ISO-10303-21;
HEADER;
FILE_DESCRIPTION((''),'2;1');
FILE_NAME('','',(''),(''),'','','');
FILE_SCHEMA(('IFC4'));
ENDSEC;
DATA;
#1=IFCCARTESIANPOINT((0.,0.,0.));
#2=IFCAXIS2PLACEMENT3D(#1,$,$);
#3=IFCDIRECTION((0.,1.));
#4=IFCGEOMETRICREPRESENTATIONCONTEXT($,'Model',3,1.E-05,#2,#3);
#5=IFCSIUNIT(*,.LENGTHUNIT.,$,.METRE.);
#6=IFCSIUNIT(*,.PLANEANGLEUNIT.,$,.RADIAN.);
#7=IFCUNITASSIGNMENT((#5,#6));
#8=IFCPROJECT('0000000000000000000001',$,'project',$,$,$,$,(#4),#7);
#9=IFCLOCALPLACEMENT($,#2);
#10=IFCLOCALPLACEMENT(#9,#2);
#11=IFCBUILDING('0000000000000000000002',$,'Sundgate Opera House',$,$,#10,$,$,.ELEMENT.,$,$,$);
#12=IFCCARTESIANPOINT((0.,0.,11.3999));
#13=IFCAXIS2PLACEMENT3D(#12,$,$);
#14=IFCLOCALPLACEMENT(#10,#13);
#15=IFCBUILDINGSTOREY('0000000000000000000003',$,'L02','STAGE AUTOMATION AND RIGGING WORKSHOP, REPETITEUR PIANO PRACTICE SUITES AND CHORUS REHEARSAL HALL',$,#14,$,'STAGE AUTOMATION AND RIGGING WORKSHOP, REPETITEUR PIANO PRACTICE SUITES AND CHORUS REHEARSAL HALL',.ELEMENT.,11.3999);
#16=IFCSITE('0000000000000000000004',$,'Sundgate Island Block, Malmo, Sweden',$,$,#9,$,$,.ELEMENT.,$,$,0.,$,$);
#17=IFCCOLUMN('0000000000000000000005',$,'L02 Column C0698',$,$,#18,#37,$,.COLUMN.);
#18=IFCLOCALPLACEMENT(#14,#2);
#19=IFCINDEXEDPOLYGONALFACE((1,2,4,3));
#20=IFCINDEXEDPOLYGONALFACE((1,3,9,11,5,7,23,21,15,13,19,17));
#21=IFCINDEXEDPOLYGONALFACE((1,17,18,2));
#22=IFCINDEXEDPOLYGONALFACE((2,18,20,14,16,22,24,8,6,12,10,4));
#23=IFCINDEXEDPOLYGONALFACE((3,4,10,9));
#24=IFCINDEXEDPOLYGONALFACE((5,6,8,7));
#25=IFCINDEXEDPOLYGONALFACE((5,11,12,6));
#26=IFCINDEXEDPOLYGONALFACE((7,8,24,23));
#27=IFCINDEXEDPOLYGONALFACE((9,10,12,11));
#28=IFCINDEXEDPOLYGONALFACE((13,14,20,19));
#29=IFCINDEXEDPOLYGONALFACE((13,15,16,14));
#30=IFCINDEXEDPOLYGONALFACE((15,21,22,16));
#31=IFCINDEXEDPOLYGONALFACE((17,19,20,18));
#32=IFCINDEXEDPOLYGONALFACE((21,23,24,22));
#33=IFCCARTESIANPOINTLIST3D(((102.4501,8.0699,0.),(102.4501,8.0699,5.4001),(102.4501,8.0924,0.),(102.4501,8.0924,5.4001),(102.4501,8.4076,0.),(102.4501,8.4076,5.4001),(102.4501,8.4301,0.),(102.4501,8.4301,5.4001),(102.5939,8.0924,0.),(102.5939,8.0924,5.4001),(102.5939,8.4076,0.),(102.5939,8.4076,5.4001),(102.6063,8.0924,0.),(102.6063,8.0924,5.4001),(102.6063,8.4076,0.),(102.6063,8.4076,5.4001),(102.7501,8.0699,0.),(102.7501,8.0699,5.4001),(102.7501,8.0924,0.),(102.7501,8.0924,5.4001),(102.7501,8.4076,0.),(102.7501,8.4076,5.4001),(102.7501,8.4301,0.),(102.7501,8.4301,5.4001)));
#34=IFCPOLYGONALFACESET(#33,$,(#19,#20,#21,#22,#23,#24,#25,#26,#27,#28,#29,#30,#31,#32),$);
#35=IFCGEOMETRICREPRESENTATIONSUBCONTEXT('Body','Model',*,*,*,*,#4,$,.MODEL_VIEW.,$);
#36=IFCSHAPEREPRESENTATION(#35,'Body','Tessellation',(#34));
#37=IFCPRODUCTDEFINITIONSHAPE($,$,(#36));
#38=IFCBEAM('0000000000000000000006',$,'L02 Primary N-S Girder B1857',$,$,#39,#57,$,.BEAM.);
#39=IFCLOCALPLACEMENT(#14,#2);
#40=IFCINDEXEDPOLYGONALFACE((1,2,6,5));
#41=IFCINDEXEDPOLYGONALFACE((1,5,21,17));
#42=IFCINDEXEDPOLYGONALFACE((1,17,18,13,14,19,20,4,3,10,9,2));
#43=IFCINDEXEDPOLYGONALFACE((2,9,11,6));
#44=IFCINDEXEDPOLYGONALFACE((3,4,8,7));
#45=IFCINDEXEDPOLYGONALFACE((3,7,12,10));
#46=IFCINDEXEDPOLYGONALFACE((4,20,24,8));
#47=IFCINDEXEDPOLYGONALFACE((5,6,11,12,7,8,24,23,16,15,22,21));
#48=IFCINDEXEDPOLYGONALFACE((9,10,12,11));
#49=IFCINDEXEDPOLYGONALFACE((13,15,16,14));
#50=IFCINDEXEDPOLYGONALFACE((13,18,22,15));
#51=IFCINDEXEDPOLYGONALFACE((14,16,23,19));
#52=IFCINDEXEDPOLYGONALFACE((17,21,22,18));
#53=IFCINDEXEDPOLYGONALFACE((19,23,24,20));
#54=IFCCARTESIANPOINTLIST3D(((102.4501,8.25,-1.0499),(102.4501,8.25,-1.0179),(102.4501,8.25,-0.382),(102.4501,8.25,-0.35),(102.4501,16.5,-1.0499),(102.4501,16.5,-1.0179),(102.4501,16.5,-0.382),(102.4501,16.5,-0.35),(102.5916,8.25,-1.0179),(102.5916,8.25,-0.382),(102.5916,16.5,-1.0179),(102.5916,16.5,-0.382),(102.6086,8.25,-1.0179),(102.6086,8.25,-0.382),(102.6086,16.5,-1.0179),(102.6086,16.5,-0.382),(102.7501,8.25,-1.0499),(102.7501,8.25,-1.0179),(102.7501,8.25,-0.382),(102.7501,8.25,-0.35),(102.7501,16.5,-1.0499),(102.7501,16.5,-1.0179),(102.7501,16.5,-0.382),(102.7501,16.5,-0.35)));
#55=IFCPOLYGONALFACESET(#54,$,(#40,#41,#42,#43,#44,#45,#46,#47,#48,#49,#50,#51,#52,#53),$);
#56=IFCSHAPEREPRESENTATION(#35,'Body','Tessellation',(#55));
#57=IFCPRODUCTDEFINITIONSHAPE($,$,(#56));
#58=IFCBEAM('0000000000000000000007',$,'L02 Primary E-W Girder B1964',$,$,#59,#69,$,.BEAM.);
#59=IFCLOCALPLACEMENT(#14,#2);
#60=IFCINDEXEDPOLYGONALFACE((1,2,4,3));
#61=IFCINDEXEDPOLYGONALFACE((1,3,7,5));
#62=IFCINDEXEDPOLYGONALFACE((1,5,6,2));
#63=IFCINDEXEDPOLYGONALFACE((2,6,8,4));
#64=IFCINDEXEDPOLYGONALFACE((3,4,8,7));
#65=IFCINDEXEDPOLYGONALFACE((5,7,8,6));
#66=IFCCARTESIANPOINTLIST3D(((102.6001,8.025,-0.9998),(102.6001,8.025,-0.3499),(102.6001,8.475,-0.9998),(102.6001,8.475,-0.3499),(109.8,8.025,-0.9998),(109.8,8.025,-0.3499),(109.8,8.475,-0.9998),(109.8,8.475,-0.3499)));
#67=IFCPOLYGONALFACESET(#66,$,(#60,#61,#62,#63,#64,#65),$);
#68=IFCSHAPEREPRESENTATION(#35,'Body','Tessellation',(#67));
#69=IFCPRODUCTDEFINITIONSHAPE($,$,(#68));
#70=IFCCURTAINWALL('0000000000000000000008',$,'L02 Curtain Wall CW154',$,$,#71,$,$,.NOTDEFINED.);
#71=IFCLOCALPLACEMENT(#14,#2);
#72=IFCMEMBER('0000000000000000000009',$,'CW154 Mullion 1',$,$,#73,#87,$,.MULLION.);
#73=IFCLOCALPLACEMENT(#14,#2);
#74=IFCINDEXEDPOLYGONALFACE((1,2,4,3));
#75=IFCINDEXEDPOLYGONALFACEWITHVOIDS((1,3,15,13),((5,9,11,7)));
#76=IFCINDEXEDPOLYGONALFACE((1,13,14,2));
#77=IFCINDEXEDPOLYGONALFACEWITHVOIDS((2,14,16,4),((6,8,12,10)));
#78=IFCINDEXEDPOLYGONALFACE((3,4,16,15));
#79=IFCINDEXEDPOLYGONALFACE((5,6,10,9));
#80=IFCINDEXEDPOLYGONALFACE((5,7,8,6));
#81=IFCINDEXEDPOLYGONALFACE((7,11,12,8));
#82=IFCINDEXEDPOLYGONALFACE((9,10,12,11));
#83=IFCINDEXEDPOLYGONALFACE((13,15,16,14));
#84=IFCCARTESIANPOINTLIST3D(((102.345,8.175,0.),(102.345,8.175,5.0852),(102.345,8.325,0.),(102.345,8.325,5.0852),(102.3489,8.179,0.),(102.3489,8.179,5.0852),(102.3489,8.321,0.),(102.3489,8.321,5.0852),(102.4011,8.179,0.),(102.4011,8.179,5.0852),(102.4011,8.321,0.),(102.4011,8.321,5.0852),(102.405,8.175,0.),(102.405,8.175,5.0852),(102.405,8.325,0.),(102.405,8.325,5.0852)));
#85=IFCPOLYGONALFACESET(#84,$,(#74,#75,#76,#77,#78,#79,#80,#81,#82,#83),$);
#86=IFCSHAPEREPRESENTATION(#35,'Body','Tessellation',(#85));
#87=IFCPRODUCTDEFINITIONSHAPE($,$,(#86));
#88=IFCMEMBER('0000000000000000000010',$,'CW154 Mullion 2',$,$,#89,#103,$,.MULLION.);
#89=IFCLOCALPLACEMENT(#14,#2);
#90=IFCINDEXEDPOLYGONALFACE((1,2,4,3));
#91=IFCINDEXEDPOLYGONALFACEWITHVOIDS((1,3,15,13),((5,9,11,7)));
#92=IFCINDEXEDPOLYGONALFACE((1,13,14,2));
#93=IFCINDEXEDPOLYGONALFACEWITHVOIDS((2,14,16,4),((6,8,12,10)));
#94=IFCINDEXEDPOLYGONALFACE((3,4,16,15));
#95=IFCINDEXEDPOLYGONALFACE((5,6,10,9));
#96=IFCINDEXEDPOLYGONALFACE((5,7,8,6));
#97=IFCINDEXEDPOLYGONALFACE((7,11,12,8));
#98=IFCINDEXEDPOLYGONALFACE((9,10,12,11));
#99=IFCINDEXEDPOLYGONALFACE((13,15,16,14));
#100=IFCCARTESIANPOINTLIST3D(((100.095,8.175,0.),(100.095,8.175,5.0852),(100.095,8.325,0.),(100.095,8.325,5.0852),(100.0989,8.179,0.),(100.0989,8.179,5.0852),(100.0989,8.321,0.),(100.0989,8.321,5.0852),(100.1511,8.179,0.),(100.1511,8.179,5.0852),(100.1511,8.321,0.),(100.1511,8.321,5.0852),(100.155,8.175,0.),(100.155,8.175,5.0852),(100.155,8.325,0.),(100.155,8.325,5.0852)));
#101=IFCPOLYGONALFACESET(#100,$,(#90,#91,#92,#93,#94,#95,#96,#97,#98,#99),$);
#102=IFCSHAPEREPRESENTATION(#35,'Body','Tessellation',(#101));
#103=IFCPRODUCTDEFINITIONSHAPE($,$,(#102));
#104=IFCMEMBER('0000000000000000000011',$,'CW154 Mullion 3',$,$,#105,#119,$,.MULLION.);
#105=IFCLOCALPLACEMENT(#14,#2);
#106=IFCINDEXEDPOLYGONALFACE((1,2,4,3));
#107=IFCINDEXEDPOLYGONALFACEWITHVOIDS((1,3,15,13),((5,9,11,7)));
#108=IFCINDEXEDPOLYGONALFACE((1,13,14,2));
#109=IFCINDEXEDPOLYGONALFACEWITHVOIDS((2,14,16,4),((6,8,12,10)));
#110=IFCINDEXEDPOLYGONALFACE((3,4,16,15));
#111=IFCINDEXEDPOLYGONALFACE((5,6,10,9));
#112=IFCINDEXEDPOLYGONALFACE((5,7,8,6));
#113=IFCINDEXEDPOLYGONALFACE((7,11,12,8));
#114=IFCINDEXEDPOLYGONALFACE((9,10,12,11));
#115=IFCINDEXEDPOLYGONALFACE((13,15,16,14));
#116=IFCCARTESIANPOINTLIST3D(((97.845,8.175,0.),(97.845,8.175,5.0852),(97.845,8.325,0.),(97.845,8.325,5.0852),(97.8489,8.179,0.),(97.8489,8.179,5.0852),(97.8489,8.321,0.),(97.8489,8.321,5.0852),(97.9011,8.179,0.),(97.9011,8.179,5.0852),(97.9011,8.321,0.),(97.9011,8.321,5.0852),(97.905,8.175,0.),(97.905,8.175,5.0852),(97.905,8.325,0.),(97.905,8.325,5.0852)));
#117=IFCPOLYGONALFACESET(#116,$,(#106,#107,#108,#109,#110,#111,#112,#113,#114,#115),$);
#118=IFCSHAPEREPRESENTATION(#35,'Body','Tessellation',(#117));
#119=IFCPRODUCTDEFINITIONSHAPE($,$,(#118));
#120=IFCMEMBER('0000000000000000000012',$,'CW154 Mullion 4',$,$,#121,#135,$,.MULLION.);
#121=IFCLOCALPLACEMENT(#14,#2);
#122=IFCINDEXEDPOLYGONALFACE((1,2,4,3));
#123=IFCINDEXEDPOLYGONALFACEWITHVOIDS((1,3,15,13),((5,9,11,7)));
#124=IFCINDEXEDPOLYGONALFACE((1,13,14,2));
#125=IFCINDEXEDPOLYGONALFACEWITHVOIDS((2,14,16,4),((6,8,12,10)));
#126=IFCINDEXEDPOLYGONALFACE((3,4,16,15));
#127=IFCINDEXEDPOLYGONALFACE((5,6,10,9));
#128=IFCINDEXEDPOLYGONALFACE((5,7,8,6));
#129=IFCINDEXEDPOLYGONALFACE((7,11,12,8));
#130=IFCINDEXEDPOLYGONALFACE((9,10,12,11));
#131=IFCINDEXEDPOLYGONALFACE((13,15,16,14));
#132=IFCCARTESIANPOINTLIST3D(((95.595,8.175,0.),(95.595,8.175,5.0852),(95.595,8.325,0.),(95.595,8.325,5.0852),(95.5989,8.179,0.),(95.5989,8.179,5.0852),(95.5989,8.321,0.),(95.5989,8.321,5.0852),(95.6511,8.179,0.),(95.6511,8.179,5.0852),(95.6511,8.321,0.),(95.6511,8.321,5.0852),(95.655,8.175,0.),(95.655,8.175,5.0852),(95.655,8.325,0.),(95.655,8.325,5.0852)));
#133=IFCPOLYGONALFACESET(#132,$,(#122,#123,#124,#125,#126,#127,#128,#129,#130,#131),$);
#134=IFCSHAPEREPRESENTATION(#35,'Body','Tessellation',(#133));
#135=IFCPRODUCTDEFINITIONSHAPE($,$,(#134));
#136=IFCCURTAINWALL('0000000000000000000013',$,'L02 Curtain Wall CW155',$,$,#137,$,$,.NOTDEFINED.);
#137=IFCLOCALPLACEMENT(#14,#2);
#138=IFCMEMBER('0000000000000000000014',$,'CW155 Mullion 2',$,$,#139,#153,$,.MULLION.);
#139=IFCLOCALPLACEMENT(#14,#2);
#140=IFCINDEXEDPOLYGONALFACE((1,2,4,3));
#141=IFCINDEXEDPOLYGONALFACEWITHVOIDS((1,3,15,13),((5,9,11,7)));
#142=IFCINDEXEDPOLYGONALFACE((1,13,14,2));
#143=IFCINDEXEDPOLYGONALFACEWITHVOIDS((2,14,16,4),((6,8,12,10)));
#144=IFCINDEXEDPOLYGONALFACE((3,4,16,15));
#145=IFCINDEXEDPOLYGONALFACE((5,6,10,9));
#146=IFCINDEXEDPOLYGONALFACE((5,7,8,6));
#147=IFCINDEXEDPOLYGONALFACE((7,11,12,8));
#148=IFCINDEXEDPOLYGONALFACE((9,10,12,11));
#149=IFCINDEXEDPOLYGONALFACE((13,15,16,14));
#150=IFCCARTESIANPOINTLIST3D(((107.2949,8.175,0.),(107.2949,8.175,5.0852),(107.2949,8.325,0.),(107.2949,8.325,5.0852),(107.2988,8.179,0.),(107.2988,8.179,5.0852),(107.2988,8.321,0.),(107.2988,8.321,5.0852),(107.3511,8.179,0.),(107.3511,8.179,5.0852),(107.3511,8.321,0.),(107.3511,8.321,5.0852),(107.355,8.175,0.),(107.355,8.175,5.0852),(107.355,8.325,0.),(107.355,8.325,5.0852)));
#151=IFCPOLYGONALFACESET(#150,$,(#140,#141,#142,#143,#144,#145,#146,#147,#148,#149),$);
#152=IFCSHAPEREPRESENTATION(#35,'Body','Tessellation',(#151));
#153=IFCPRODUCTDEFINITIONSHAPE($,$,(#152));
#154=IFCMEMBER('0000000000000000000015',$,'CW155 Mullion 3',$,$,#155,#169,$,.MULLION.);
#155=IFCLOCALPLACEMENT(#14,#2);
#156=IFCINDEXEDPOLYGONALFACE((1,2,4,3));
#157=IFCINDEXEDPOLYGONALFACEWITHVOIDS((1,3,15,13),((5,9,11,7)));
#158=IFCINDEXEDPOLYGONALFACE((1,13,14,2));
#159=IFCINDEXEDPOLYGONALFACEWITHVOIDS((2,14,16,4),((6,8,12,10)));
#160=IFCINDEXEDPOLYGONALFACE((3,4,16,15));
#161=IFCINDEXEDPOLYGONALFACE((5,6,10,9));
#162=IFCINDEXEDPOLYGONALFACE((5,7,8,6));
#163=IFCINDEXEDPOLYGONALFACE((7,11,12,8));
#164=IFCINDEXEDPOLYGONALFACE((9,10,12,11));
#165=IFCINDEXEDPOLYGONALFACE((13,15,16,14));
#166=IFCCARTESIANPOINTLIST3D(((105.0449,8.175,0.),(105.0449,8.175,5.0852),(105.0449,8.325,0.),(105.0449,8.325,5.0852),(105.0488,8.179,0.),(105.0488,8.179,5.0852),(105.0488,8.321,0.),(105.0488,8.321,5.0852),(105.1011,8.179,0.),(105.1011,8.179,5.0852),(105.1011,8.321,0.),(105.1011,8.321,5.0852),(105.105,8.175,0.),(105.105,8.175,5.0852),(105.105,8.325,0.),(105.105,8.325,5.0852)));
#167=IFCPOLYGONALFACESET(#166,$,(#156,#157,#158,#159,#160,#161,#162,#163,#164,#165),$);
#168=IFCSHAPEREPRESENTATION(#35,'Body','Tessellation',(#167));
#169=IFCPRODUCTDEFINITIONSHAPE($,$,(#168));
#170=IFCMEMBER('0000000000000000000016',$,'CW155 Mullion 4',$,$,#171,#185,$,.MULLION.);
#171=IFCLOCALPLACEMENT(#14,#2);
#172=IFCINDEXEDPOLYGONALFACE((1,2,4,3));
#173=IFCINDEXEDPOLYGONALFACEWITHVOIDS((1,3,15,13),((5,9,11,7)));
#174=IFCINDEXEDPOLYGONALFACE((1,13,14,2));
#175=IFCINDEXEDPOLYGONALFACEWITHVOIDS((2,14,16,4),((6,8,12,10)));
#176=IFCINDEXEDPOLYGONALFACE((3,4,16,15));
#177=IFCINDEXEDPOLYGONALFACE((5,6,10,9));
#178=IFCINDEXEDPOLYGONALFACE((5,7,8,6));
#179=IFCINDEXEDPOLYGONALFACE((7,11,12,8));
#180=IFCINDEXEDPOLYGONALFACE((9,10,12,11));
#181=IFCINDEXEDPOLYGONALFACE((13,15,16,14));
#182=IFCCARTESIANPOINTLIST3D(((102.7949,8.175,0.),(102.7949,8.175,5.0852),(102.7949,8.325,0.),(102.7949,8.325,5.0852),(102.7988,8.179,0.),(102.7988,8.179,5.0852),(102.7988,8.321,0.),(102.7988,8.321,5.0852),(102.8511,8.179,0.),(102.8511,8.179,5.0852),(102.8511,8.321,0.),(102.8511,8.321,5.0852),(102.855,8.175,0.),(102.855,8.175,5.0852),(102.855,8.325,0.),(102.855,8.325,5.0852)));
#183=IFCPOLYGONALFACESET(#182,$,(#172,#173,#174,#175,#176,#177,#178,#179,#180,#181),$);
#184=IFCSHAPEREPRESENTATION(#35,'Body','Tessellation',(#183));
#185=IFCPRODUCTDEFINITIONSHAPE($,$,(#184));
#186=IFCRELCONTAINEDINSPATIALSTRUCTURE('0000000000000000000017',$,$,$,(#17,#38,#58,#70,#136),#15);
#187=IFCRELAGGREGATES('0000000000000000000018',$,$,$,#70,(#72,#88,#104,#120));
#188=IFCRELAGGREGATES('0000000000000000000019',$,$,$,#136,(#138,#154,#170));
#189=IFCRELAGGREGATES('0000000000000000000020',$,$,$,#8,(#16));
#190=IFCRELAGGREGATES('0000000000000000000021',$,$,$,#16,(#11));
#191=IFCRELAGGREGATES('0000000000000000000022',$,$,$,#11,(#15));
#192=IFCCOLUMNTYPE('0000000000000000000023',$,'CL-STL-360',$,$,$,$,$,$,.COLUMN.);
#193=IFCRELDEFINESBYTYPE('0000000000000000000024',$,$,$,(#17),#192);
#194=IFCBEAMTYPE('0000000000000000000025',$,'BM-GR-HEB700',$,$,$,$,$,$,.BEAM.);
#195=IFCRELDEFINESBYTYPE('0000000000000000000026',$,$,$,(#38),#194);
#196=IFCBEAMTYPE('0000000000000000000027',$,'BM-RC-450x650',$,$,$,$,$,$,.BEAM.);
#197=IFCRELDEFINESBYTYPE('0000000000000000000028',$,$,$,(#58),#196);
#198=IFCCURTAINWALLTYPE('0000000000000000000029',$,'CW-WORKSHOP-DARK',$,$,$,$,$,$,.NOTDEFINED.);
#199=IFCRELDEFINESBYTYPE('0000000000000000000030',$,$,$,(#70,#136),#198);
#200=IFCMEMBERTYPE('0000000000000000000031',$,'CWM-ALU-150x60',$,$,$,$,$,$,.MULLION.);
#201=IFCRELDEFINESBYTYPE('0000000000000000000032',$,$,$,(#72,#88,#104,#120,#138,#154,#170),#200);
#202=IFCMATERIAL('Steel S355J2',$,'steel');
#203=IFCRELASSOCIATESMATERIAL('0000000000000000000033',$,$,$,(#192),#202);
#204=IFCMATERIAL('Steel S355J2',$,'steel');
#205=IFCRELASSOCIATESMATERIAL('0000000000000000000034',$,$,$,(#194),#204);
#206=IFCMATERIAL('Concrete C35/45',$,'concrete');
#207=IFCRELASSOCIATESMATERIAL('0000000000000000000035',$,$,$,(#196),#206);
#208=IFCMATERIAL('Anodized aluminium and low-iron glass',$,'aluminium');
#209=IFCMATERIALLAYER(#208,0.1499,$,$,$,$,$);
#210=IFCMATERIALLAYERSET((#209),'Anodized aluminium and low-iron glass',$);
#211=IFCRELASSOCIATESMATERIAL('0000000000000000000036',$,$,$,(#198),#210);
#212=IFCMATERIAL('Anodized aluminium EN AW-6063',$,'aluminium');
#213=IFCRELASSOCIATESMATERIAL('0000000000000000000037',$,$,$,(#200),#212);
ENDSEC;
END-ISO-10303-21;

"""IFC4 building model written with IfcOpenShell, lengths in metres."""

from ifc_helpers import new_model, si_unit, direction, frame, origin, origin_2d, place, context, subcontext, project, spatial, rectangle, hollow_rectangle, i_section, extrude, material, layer, layer_set, material_profile, profile_set, type_object, element, aggregate, save


model = new_model("IFC4")

# Units and contexts
model_context = context("Model", 3, precision=1e-05, world=origin(), true_north=direction((0.0, 1.0)))
body_context = subcontext(model_context, "Body", "Model", "MODEL_VIEW")
ifc_project = project(units=[si_unit("LENGTHUNIT", "METRE"), si_unit("PLANEANGLEUNIT", "RADIAN")], contexts=[model_context])

# Site, building, storey
site_placement = place(None, origin())
site = spatial("IfcSite", under=ifc_project, at=site_placement, Name="Sundgate Island Block, Malmo, Sweden", CompositionType="ELEMENT", RefElevation=0.0)
building_placement = place(site_placement, origin())
building = spatial("IfcBuilding", under=site, at=building_placement, Name="Sundgate Opera House", CompositionType="ELEMENT")
storey_placement = place(building_placement, frame((0.0, 0.0, 11.3999)))
storey = spatial("IfcBuildingStorey", under=building, at=storey_placement, Name="L02", Description="STAGE AUTOMATION AND RIGGING WORKSHOP, REPETITEUR PIANO PRACTICE SUITES AND CHORUS REHEARSAL HALL", LongName="STAGE AUTOMATION AND RIGGING WORKSHOP, REPETITEUR PIANO PRACTICE SUITES AND CHORUS REHEARSAL HALL", CompositionType="ELEMENT", Elevation=11.3999)

# Column
ifc_material_1 = material(Name="Steel S355J2", Category="steel")
ifc_material_profile_1 = material_profile(ifc_material_1, i_section(OverallWidth=0.3, OverallDepth=0.3601, WebThickness=0.0125, FlangeThickness=0.0225, at=origin_2d()), Name="HEB 360")
ifc_profile_set_1 = profile_set([ifc_material_profile_1], Name="Steel S355J2")
column_type = type_object("IfcColumnType", Name="CL-STL-360", PredefinedType="COLUMN", material=ifc_profile_set_1)
column_placement = place(storey_placement, frame((102.6001, 8.25, 0.0), z_axis=(0.0, 0.0, 1.0), x_axis=(1.0, 0.0, 0.0)))
element("IfcColumn", 1, at=column_placement, inside=storey, type_object=column_type, Name="L02 Column C0698", PredefinedType="COLUMN", context=body_context, shape_type="SweptSolid", body=[
    extrude(i_section(OverallWidth=0.3, OverallDepth=0.3601, WebThickness=0.0125, FlangeThickness=0.0225, at=origin_2d()), origin(), (0.0, 0.0, 1.0), 5.4001),
])

# Beams
ifc_material_2 = material(Name="Steel S355J2", Category="steel")
ifc_material_profile_2 = material_profile(ifc_material_2, i_section(OverallWidth=0.3, OverallDepth=0.7, WebThickness=0.0171, FlangeThickness=0.032, at=origin_2d()), Name="HEB 700")
ifc_profile_set_2 = profile_set([ifc_material_profile_2], Name="Steel S355J2")
beam_type_1 = type_object("IfcBeamType", Name="BM-GR-HEB700", PredefinedType="BEAM", material=ifc_profile_set_2)
beam_1_placement = place(storey_placement, frame((102.6001, 8.25, -0.7), z_axis=(0.0, 1.0, 0.0), x_axis=(-1.0, 0.0, 0.0)))
element("IfcBeam", 2, at=beam_1_placement, inside=storey, type_object=beam_type_1, Name="L02 Primary N-S Girder B1857", PredefinedType="BEAM", context=body_context, shape_type="SweptSolid", body=[
    extrude(i_section(OverallWidth=0.3, OverallDepth=0.7, WebThickness=0.0171, FlangeThickness=0.032, at=origin_2d()), origin(), (0.0, 0.0, 1.0), 8.25),
])
ifc_material_3 = material(Name="Concrete C35/45", Category="concrete")
ifc_material_profile_3 = material_profile(ifc_material_3, rectangle(XDim=0.45, YDim=0.6499, at=origin_2d()), Name="RC 450x650")
ifc_profile_set_3 = profile_set([ifc_material_profile_3], Name="Concrete C35/45")
beam_type_2 = type_object("IfcBeamType", Name="BM-RC-450x650", PredefinedType="BEAM", material=ifc_profile_set_3)
beam_2_placement = place(storey_placement, frame((102.6001, 8.25, -0.6748), z_axis=(1.0, 0.0, 0.0), x_axis=(0.0, 1.0, 0.0)))
element("IfcBeam", 3, at=beam_2_placement, inside=storey, type_object=beam_type_2, Name="L02 Primary E-W Girder B1964", PredefinedType="BEAM", context=body_context, shape_type="SweptSolid", body=[
    extrude(rectangle(XDim=0.45, YDim=0.6499, at=origin_2d()), origin(), (0.0, 0.0, 1.0), 7.2),
])

# Curtain walls, members
ifc_material_4 = material(Name="Anodized aluminium and low-iron glass", Category="aluminium")
ifc_layer_1 = layer(ifc_material_4, 0.1499)
ifc_layer_set_1 = layer_set([ifc_layer_1], Name="Anodized aluminium and low-iron glass")
curtain_wall_type = type_object("IfcCurtainWallType", Name="CW-WORKSHOP-DARK", PredefinedType="NOTDEFINED", material=ifc_layer_set_1)
curtain_wall_1_placement = place(storey_placement, origin())
curtain_wall_1 = element("IfcCurtainWall", 4, at=curtain_wall_1_placement, inside=storey, type_object=curtain_wall_type, Name="L02 Curtain Wall CW154", PredefinedType="NOTDEFINED")
ifc_material_5 = material(Name="Anodized aluminium EN AW-6063", Category="aluminium")
ifc_material_profile_4 = material_profile(ifc_material_5, hollow_rectangle(XDim=0.0601, YDim=0.1499, WallThickness=0.0039, at=origin_2d()), Name="CWM 150x60x4")
ifc_profile_set_4 = profile_set([ifc_material_profile_4], Name="Anodized aluminium EN AW-6063")
member_type_1 = type_object("IfcMemberType", Name="CWM-ALU-150x60", PredefinedType="MULLION", material=ifc_profile_set_4)
member_1_placement = place(storey_placement, frame((102.375, 8.25, 0.0), z_axis=(0.0, 0.0, 1.0), x_axis=(1.0, 0.0, 0.0)))
member_1 = element("IfcMember", 5, at=member_1_placement, type_object=member_type_1, Name="CW154 Mullion 1", PredefinedType="MULLION", context=body_context, shape_type="SweptSolid", body=[
    extrude(hollow_rectangle(XDim=0.0601, YDim=0.1499, WallThickness=0.0039, at=origin_2d()), origin(), (0.0, 0.0, 1.0), 5.0852),
])
member_2_placement = place(storey_placement, frame((100.125, 8.25, 0.0), z_axis=(0.0, 0.0, 1.0), x_axis=(1.0, 0.0, 0.0)))
member_2 = element("IfcMember", 6, at=member_2_placement, type_object=member_type_1, Name="CW154 Mullion 2", PredefinedType="MULLION", context=body_context, shape_type="SweptSolid", body=[
    extrude(hollow_rectangle(XDim=0.0601, YDim=0.1499, WallThickness=0.0039, at=origin_2d()), origin(), (0.0, 0.0, 1.0), 5.0852),
])
member_3_placement = place(storey_placement, frame((97.875, 8.25, 0.0), z_axis=(0.0, 0.0, 1.0), x_axis=(1.0, 0.0, 0.0)))
member_3 = element("IfcMember", 7, at=member_3_placement, type_object=member_type_1, Name="CW154 Mullion 3", PredefinedType="MULLION", context=body_context, shape_type="SweptSolid", body=[
    extrude(hollow_rectangle(XDim=0.0601, YDim=0.1499, WallThickness=0.0039, at=origin_2d()), origin(), (0.0, 0.0, 1.0), 5.0852),
])
member_4_placement = place(storey_placement, frame((95.625, 8.25, 0.0), z_axis=(0.0, 0.0, 1.0), x_axis=(1.0, 0.0, 0.0)))
member_4 = element("IfcMember", 8, at=member_4_placement, type_object=member_type_1, Name="CW154 Mullion 4", PredefinedType="MULLION", context=body_context, shape_type="SweptSolid", body=[
    extrude(hollow_rectangle(XDim=0.0601, YDim=0.1499, WallThickness=0.0039, at=origin_2d()), origin(), (0.0, 0.0, 1.0), 5.0852),
])
curtain_wall_2_placement = place(storey_placement, origin())
curtain_wall_2 = element("IfcCurtainWall", 9, at=curtain_wall_2_placement, inside=storey, type_object=curtain_wall_type, Name="L02 Curtain Wall CW155", PredefinedType="NOTDEFINED")
member_5_placement = place(storey_placement, frame((107.325, 8.25, 0.0), z_axis=(0.0, 0.0, 1.0), x_axis=(1.0, 0.0, 0.0)))
member_5 = element("IfcMember", 10, at=member_5_placement, type_object=member_type_1, Name="CW155 Mullion 2", PredefinedType="MULLION", context=body_context, shape_type="SweptSolid", body=[
    extrude(hollow_rectangle(XDim=0.0601, YDim=0.1499, WallThickness=0.0039, at=origin_2d()), origin(), (0.0, 0.0, 1.0), 5.0852),
])
member_6_placement = place(storey_placement, frame((105.075, 8.25, 0.0), z_axis=(0.0, 0.0, 1.0), x_axis=(1.0, 0.0, 0.0)))
member_6 = element("IfcMember", 11, at=member_6_placement, type_object=member_type_1, Name="CW155 Mullion 3", PredefinedType="MULLION", context=body_context, shape_type="SweptSolid", body=[
    extrude(hollow_rectangle(XDim=0.0601, YDim=0.1499, WallThickness=0.0039, at=origin_2d()), origin(), (0.0, 0.0, 1.0), 5.0852),
])
member_7_placement = place(storey_placement, frame((102.825, 8.25, 0.0), z_axis=(0.0, 0.0, 1.0), x_axis=(1.0, 0.0, 0.0)))
member_7 = element("IfcMember", 12, at=member_7_placement, type_object=member_type_1, Name="CW155 Mullion 4", PredefinedType="MULLION", context=body_context, shape_type="SweptSolid", body=[
    extrude(hollow_rectangle(XDim=0.0601, YDim=0.1499, WallThickness=0.0039, at=origin_2d()), origin(), (0.0, 0.0, 1.0), 5.0852),
])

aggregate(curtain_wall_1, [member_1, member_2, member_3, member_4])
aggregate(curtain_wall_2, [member_5, member_6, member_7])

save(model, "model.ifc")
